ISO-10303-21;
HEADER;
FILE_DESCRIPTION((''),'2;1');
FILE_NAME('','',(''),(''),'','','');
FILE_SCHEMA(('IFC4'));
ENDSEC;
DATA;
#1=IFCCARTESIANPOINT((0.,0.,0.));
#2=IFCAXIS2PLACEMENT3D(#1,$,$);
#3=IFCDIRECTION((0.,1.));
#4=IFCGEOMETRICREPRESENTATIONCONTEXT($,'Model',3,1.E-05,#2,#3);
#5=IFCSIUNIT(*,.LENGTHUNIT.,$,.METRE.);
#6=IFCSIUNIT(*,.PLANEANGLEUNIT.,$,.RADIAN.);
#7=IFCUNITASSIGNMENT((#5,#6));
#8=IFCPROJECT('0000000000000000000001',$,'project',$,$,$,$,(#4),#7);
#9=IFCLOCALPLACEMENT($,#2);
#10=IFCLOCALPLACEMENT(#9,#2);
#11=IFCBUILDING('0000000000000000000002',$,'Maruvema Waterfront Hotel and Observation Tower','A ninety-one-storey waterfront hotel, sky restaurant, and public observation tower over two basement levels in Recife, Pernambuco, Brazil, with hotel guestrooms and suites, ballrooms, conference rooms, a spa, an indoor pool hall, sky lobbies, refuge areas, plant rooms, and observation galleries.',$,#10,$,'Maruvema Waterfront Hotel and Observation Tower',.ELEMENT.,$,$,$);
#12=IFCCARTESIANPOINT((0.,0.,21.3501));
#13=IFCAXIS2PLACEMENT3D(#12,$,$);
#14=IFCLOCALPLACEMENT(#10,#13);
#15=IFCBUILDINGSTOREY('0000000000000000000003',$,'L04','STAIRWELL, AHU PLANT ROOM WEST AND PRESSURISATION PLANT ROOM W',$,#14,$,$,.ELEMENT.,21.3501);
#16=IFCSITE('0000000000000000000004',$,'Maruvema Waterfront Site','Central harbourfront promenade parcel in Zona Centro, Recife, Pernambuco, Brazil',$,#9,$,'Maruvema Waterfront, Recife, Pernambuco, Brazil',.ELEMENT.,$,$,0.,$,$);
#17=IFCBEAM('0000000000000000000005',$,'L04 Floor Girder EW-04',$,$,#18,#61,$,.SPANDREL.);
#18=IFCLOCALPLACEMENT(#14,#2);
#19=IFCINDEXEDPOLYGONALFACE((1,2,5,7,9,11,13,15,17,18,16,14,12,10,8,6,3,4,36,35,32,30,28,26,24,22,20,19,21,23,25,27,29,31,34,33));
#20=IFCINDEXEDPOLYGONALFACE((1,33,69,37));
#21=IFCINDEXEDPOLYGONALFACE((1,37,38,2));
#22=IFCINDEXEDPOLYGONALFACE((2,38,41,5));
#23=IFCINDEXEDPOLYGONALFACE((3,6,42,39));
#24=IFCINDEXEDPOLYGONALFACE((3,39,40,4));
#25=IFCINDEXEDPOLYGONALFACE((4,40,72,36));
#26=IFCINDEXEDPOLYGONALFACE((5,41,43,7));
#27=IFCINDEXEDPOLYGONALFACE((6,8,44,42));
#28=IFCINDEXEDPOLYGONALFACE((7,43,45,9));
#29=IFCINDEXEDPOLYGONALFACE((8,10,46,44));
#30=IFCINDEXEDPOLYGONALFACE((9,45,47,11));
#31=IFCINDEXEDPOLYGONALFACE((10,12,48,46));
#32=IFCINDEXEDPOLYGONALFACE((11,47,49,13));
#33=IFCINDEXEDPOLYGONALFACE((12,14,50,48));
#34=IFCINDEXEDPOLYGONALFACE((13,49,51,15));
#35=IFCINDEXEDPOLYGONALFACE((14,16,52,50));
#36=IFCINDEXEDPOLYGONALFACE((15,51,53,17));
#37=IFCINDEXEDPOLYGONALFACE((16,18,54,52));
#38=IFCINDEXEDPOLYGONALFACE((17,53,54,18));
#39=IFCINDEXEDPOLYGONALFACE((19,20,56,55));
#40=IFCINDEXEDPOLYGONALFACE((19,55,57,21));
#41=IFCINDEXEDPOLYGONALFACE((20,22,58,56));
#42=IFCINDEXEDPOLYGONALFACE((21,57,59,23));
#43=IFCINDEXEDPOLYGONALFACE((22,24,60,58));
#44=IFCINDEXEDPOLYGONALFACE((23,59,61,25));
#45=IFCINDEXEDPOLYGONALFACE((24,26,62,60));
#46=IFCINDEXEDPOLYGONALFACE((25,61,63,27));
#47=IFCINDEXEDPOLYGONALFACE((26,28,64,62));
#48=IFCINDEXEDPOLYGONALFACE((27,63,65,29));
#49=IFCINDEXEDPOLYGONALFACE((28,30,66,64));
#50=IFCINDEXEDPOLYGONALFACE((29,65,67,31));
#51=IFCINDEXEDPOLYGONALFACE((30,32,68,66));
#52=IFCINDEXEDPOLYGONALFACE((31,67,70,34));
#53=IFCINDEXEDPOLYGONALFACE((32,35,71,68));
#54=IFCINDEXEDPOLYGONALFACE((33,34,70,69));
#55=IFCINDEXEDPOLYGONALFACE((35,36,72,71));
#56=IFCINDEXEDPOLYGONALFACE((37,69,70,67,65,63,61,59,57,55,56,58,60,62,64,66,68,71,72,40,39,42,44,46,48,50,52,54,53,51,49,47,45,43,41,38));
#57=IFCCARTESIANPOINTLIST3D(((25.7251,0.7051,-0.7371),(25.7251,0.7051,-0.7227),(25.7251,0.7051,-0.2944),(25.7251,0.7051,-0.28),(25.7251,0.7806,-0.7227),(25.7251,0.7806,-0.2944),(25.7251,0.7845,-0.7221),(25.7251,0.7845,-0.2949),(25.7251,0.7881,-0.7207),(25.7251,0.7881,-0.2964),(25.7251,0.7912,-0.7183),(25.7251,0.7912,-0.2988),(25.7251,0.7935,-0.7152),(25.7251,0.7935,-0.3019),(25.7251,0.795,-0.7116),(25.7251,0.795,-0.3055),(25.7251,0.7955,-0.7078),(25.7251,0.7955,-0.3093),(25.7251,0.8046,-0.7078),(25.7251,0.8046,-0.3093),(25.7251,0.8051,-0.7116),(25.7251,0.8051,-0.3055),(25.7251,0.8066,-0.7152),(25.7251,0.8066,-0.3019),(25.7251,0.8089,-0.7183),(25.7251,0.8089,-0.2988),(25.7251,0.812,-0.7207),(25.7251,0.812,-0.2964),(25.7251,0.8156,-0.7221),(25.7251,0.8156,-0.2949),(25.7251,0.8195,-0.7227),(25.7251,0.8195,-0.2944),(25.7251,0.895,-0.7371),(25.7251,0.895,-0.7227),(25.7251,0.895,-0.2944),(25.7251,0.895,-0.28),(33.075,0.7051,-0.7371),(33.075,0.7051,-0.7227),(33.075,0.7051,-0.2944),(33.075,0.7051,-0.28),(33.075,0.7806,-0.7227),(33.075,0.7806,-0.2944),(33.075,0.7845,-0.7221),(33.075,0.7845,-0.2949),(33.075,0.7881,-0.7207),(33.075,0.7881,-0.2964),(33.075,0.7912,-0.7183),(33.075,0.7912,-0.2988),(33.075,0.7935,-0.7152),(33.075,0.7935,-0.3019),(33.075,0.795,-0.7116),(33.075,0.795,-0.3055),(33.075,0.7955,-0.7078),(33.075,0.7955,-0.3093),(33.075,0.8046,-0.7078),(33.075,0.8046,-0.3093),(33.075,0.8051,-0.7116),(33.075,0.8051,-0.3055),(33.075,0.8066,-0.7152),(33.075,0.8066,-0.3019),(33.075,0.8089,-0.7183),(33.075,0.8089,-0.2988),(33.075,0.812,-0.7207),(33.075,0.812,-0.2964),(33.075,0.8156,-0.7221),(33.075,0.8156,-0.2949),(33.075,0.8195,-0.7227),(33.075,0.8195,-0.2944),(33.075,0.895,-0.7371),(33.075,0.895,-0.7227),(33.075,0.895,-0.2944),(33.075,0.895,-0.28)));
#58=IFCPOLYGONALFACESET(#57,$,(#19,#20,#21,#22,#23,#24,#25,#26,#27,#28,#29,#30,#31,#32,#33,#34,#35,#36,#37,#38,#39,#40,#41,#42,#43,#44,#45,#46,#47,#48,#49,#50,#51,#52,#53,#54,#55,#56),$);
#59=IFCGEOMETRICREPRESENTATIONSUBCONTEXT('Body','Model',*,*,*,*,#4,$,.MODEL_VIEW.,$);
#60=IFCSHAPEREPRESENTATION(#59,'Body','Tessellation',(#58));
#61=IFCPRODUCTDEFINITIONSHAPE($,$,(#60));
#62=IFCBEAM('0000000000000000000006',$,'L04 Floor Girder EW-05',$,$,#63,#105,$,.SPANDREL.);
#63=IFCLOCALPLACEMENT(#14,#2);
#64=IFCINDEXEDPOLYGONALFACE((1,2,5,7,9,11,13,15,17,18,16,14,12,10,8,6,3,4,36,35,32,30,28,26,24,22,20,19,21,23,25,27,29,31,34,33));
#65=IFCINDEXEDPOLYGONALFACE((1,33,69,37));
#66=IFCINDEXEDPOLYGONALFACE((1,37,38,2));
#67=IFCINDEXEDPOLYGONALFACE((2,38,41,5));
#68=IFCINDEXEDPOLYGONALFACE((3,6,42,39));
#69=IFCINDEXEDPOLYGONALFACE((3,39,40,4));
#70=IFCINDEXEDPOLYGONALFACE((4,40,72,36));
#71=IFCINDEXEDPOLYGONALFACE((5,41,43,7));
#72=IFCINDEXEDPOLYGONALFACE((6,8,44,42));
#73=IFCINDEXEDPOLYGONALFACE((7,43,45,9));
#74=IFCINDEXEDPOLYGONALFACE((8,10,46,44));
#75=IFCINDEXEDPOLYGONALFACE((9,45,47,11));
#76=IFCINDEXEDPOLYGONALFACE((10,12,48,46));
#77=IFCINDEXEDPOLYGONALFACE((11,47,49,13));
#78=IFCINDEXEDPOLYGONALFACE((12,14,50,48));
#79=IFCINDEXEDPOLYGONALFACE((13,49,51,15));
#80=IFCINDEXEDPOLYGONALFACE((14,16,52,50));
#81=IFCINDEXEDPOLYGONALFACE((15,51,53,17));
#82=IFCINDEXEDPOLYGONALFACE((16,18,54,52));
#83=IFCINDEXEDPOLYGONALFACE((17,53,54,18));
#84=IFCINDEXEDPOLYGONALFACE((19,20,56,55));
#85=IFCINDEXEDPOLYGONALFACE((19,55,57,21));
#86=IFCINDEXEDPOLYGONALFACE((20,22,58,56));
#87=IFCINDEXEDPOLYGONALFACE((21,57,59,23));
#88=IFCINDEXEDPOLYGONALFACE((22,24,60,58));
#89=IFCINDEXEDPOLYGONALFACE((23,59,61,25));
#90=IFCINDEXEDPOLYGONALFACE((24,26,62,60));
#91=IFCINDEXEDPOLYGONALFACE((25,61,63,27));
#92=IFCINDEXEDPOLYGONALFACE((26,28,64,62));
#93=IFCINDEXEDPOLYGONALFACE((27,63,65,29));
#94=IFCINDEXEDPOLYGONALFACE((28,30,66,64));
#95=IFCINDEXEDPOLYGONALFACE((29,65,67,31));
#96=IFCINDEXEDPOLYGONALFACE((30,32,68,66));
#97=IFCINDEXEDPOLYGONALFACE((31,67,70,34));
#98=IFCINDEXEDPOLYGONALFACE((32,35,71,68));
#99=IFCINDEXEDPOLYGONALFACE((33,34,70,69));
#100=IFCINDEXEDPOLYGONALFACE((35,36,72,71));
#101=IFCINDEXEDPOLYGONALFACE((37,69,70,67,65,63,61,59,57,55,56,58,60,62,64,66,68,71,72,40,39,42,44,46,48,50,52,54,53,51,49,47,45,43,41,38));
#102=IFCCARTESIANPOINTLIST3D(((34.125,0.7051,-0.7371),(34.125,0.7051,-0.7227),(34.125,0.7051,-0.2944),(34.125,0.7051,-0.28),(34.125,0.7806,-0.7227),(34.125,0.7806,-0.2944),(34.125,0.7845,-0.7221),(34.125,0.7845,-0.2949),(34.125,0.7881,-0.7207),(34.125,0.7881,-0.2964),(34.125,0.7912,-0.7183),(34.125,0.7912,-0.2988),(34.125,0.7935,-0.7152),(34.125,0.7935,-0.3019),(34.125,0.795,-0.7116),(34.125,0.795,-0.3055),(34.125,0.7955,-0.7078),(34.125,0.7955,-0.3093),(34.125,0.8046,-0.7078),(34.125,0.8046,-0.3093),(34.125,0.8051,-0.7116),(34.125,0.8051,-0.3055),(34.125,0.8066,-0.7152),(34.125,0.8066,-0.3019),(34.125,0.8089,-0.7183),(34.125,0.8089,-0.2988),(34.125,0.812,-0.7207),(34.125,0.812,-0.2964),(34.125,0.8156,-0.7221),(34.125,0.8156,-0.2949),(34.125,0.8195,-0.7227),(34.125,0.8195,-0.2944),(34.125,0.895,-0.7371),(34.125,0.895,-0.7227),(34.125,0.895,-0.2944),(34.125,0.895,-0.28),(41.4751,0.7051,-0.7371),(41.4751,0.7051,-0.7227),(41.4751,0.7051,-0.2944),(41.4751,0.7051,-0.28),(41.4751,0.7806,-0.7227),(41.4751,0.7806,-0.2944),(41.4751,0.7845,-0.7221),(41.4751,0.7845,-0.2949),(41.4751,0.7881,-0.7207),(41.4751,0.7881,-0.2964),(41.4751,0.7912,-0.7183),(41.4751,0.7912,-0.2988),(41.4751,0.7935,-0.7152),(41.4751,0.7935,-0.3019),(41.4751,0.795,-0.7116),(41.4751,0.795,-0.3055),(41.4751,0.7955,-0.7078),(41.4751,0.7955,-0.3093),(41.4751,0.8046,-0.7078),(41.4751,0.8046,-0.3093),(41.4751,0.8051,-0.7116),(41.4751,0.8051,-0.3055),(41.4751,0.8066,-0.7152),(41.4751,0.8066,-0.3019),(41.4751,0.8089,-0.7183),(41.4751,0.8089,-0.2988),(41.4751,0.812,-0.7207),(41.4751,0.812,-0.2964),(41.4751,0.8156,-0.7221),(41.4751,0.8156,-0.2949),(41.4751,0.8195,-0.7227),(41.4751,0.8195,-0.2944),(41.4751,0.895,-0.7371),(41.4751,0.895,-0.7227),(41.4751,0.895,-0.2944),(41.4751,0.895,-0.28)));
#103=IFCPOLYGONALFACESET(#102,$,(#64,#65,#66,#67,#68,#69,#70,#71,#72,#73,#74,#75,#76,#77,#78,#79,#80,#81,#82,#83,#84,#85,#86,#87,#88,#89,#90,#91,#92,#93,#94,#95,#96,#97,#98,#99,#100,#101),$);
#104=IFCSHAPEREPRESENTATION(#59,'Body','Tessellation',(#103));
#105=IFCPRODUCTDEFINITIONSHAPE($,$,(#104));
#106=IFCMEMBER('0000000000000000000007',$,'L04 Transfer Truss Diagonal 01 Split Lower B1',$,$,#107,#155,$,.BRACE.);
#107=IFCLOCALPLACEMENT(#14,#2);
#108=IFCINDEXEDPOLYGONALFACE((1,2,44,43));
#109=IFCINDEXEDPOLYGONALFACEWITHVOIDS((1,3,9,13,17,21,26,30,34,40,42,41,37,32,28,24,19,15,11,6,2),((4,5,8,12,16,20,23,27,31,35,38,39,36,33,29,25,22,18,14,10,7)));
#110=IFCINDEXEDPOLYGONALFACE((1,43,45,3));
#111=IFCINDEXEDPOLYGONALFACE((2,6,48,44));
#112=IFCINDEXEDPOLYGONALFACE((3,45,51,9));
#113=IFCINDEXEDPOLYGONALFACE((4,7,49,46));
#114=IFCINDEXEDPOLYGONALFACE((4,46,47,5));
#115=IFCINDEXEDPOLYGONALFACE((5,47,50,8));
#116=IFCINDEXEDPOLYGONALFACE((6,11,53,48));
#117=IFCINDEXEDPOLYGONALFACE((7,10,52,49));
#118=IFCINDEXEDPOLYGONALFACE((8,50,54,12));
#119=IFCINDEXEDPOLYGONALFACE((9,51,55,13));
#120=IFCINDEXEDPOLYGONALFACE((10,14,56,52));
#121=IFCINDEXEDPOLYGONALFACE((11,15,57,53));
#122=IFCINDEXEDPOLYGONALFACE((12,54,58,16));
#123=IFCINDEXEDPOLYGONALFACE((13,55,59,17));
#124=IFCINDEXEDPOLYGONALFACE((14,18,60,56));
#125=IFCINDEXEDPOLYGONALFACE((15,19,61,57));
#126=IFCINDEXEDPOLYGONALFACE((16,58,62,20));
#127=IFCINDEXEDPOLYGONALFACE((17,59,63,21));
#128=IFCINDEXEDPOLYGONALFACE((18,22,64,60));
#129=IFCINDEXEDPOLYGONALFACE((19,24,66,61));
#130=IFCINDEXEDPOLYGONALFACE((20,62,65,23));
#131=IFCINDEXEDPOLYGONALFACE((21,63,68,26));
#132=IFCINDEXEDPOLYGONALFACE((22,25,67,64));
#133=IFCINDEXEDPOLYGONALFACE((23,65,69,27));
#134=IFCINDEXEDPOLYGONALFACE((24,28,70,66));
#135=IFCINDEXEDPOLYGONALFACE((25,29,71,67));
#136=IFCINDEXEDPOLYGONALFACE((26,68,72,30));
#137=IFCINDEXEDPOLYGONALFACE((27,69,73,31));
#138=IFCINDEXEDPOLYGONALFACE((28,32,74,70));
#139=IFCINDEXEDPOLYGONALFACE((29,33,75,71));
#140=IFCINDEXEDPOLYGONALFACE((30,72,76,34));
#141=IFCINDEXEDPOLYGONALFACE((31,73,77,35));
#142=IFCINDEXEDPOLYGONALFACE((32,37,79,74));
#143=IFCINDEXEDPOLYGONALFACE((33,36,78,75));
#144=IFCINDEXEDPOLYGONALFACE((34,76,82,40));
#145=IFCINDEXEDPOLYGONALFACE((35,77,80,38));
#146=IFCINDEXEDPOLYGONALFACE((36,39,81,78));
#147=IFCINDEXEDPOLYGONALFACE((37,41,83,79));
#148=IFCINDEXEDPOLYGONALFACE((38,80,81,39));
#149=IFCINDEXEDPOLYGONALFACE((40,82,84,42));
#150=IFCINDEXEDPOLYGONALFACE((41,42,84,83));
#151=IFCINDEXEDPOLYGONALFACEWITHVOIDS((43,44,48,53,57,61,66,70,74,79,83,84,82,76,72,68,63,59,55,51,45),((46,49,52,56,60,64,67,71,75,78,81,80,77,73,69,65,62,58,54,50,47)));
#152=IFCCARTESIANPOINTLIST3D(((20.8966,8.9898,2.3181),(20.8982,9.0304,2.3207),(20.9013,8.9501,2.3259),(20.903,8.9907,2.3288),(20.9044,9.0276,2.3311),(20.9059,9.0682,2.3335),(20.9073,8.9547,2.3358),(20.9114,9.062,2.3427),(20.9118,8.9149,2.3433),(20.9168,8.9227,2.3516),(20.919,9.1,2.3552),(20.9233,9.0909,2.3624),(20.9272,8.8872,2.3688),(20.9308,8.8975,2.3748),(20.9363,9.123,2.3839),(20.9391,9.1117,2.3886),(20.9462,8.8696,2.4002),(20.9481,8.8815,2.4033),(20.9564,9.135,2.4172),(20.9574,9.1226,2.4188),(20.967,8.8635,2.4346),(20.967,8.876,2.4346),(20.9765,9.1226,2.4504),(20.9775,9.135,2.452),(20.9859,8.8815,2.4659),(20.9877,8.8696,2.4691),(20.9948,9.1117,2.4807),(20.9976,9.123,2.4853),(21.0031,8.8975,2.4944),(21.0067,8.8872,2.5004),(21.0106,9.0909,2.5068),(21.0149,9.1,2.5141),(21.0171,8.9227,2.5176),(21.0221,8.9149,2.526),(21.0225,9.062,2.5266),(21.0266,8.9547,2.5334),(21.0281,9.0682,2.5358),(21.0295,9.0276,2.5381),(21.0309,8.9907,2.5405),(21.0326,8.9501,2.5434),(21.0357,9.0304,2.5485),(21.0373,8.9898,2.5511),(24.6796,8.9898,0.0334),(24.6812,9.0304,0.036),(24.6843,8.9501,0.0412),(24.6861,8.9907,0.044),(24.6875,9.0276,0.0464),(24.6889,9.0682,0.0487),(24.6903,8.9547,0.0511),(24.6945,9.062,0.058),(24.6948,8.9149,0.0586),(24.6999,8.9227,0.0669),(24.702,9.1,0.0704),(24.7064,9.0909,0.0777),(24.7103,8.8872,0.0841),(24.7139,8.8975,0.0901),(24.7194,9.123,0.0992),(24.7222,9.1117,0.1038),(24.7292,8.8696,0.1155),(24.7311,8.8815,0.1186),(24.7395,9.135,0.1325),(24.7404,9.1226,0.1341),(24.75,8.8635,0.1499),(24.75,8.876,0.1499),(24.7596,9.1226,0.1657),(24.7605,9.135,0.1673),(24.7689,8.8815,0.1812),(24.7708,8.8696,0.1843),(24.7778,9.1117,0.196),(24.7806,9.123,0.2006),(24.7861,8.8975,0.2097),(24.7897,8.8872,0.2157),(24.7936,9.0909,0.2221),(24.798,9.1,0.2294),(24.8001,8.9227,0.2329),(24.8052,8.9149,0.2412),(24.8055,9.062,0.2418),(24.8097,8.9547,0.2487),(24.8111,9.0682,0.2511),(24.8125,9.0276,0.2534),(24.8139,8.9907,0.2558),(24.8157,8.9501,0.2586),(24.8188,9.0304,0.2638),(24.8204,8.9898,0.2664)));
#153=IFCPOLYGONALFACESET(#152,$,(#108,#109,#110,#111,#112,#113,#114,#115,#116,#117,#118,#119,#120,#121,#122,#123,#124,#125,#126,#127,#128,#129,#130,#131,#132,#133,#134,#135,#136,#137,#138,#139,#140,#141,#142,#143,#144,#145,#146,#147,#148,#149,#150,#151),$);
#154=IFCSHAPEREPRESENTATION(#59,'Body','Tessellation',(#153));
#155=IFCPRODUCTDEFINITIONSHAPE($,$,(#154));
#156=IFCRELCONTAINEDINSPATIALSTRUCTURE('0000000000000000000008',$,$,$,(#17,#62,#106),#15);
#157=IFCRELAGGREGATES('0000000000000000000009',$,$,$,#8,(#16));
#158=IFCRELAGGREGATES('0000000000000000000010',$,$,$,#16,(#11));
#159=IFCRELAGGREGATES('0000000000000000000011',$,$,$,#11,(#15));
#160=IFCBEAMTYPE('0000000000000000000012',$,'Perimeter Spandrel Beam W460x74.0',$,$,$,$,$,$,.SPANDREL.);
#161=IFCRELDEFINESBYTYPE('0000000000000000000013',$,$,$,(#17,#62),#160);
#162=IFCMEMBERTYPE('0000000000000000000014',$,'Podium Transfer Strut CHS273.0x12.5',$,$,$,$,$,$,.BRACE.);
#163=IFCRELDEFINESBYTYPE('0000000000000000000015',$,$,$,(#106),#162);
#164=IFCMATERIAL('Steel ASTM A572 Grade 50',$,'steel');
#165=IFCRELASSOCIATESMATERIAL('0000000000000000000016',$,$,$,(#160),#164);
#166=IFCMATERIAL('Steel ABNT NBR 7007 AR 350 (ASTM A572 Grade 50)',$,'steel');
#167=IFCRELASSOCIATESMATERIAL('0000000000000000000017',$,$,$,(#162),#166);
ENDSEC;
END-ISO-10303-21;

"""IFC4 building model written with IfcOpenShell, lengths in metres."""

from ifc_helpers import new_model, si_unit, direction, frame, origin, origin_2d, place, context, subcontext, project, spatial, hollow_circle, i_section, extrude, material, material_profile, profile_set, type_object, element, save


model = new_model("IFC4")

# Units and contexts
model_context = context("Model", 3, precision=1e-05, world=origin(), true_north=direction((0.0, 1.0)))
body_context = subcontext(model_context, "Body", "Model", "MODEL_VIEW")
ifc_project = project(units=[si_unit("LENGTHUNIT", "METRE"), si_unit("PLANEANGLEUNIT", "RADIAN")], contexts=[model_context])

# Site, building, storey
site_placement = place(None, origin())
site = spatial("IfcSite", under=ifc_project, at=site_placement, Name="Maruvema Waterfront Site", Description="Central harbourfront promenade parcel in Zona Centro, Recife, Pernambuco, Brazil", LongName="Maruvema Waterfront, Recife, Pernambuco, Brazil", CompositionType="ELEMENT", RefElevation=0.0)
building_placement = place(site_placement, origin())
building = spatial("IfcBuilding", under=site, at=building_placement, Name="Maruvema Waterfront Hotel and Observation Tower", Description="A ninety-one-storey waterfront hotel, sky restaurant, and public observation tower over two basement levels in Recife, Pernambuco, Brazil, with hotel guestrooms and suites, ballrooms, conference rooms, a spa, an indoor pool hall, sky lobbies, refuge areas, plant rooms, and observation galleries.", LongName="Maruvema Waterfront Hotel and Observation Tower", CompositionType="ELEMENT")
storey_placement = place(building_placement, frame((0.0, 0.0, 21.3501)))
storey = spatial("IfcBuildingStorey", under=building, at=storey_placement, Name="L04", Description="STAIRWELL, AHU PLANT ROOM WEST AND PRESSURISATION PLANT ROOM W", CompositionType="ELEMENT", Elevation=21.3501)

# Beams
ifc_material_1 = material(Name="Steel ASTM A572 Grade 50", Category="steel")
ifc_material_profile_1 = material_profile(ifc_material_1, i_section(OverallWidth=0.1899, OverallDepth=0.457, WebThickness=0.009, FlangeThickness=0.0144, FilletRadius=0.0149, at=origin_2d()), Name="W460x74.0")
ifc_profile_set_1 = profile_set([ifc_material_profile_1], Name="Steel ASTM A572 Grade 50")
beam_type_1 = type_object("IfcBeamType", Name="Perimeter Spandrel Beam W460x74.0", PredefinedType="SPANDREL", material=ifc_profile_set_1)
beam_1_placement = place(storey_placement, frame((25.7251, 0.8, -0.5085), z_axis=(1.0, 0.0, 0.0), x_axis=(0.0, 1.0, 0.0)))
element("IfcBeam", 1, at=beam_1_placement, inside=storey, type_object=beam_type_1, Name="L04 Floor Girder EW-04", PredefinedType="SPANDREL", context=body_context, shape_type="SweptSolid", body=[
    extrude(i_section(OverallWidth=0.1899, OverallDepth=0.457, WebThickness=0.009, FlangeThickness=0.0144, FilletRadius=0.0149, at=origin_2d()), origin(), (0.0, 0.0, 1.0), 7.3499),
])
beam_2_placement = place(storey_placement, frame((34.125, 0.8, -0.5085), z_axis=(1.0, 0.0, 0.0), x_axis=(0.0, 1.0, 0.0)))
element("IfcBeam", 2, at=beam_2_placement, inside=storey, type_object=beam_type_1, Name="L04 Floor Girder EW-05", PredefinedType="SPANDREL", context=body_context, shape_type="SweptSolid", body=[
    extrude(i_section(OverallWidth=0.1899, OverallDepth=0.457, WebThickness=0.009, FlangeThickness=0.0144, FilletRadius=0.0149, at=origin_2d()), origin(), (0.0, 0.0, 1.0), 7.3501),
])

# Member
ifc_material_2 = material(Name="Steel ABNT NBR 7007 AR 350 (ASTM A572 Grade 50)", Category="steel")
ifc_material_profile_2 = material_profile(ifc_material_2, hollow_circle(Radius=0.1365, WallThickness=0.0125, at=origin_2d()), Name="CHS273.0x12.5")
ifc_profile_set_2 = profile_set([ifc_material_profile_2], Name="Steel ABNT NBR 7007 AR 350 (ASTM A572 Grade 50)")
member_type = type_object("IfcMemberType", Name="Podium Transfer Strut CHS273.0x12.5", PredefinedType="BRACE", material=ifc_profile_set_2)
for number, where, z_axis, x_axis, name in (
    (3, (24.75, 9.0, 0.1499), (-0.856003, 0.0, 0.516971), (0.0, -1.0, 0.0), "L04 Transfer Truss Diagonal 01 Split Lower B1"),
):
    element("IfcMember", number, at=place(storey_placement, frame(where, z_axis=z_axis, x_axis=x_axis)), inside=storey, type_object=member_type, Name=name, PredefinedType="BRACE", context=body_context, shape_type="SweptSolid", body=[
        extrude(hollow_circle(Radius=0.1365, WallThickness=0.0125, at=origin_2d()), origin(), (0.0, 0.0, 1.0), 4.4194),
    ])

save(model, "model.ifc")
